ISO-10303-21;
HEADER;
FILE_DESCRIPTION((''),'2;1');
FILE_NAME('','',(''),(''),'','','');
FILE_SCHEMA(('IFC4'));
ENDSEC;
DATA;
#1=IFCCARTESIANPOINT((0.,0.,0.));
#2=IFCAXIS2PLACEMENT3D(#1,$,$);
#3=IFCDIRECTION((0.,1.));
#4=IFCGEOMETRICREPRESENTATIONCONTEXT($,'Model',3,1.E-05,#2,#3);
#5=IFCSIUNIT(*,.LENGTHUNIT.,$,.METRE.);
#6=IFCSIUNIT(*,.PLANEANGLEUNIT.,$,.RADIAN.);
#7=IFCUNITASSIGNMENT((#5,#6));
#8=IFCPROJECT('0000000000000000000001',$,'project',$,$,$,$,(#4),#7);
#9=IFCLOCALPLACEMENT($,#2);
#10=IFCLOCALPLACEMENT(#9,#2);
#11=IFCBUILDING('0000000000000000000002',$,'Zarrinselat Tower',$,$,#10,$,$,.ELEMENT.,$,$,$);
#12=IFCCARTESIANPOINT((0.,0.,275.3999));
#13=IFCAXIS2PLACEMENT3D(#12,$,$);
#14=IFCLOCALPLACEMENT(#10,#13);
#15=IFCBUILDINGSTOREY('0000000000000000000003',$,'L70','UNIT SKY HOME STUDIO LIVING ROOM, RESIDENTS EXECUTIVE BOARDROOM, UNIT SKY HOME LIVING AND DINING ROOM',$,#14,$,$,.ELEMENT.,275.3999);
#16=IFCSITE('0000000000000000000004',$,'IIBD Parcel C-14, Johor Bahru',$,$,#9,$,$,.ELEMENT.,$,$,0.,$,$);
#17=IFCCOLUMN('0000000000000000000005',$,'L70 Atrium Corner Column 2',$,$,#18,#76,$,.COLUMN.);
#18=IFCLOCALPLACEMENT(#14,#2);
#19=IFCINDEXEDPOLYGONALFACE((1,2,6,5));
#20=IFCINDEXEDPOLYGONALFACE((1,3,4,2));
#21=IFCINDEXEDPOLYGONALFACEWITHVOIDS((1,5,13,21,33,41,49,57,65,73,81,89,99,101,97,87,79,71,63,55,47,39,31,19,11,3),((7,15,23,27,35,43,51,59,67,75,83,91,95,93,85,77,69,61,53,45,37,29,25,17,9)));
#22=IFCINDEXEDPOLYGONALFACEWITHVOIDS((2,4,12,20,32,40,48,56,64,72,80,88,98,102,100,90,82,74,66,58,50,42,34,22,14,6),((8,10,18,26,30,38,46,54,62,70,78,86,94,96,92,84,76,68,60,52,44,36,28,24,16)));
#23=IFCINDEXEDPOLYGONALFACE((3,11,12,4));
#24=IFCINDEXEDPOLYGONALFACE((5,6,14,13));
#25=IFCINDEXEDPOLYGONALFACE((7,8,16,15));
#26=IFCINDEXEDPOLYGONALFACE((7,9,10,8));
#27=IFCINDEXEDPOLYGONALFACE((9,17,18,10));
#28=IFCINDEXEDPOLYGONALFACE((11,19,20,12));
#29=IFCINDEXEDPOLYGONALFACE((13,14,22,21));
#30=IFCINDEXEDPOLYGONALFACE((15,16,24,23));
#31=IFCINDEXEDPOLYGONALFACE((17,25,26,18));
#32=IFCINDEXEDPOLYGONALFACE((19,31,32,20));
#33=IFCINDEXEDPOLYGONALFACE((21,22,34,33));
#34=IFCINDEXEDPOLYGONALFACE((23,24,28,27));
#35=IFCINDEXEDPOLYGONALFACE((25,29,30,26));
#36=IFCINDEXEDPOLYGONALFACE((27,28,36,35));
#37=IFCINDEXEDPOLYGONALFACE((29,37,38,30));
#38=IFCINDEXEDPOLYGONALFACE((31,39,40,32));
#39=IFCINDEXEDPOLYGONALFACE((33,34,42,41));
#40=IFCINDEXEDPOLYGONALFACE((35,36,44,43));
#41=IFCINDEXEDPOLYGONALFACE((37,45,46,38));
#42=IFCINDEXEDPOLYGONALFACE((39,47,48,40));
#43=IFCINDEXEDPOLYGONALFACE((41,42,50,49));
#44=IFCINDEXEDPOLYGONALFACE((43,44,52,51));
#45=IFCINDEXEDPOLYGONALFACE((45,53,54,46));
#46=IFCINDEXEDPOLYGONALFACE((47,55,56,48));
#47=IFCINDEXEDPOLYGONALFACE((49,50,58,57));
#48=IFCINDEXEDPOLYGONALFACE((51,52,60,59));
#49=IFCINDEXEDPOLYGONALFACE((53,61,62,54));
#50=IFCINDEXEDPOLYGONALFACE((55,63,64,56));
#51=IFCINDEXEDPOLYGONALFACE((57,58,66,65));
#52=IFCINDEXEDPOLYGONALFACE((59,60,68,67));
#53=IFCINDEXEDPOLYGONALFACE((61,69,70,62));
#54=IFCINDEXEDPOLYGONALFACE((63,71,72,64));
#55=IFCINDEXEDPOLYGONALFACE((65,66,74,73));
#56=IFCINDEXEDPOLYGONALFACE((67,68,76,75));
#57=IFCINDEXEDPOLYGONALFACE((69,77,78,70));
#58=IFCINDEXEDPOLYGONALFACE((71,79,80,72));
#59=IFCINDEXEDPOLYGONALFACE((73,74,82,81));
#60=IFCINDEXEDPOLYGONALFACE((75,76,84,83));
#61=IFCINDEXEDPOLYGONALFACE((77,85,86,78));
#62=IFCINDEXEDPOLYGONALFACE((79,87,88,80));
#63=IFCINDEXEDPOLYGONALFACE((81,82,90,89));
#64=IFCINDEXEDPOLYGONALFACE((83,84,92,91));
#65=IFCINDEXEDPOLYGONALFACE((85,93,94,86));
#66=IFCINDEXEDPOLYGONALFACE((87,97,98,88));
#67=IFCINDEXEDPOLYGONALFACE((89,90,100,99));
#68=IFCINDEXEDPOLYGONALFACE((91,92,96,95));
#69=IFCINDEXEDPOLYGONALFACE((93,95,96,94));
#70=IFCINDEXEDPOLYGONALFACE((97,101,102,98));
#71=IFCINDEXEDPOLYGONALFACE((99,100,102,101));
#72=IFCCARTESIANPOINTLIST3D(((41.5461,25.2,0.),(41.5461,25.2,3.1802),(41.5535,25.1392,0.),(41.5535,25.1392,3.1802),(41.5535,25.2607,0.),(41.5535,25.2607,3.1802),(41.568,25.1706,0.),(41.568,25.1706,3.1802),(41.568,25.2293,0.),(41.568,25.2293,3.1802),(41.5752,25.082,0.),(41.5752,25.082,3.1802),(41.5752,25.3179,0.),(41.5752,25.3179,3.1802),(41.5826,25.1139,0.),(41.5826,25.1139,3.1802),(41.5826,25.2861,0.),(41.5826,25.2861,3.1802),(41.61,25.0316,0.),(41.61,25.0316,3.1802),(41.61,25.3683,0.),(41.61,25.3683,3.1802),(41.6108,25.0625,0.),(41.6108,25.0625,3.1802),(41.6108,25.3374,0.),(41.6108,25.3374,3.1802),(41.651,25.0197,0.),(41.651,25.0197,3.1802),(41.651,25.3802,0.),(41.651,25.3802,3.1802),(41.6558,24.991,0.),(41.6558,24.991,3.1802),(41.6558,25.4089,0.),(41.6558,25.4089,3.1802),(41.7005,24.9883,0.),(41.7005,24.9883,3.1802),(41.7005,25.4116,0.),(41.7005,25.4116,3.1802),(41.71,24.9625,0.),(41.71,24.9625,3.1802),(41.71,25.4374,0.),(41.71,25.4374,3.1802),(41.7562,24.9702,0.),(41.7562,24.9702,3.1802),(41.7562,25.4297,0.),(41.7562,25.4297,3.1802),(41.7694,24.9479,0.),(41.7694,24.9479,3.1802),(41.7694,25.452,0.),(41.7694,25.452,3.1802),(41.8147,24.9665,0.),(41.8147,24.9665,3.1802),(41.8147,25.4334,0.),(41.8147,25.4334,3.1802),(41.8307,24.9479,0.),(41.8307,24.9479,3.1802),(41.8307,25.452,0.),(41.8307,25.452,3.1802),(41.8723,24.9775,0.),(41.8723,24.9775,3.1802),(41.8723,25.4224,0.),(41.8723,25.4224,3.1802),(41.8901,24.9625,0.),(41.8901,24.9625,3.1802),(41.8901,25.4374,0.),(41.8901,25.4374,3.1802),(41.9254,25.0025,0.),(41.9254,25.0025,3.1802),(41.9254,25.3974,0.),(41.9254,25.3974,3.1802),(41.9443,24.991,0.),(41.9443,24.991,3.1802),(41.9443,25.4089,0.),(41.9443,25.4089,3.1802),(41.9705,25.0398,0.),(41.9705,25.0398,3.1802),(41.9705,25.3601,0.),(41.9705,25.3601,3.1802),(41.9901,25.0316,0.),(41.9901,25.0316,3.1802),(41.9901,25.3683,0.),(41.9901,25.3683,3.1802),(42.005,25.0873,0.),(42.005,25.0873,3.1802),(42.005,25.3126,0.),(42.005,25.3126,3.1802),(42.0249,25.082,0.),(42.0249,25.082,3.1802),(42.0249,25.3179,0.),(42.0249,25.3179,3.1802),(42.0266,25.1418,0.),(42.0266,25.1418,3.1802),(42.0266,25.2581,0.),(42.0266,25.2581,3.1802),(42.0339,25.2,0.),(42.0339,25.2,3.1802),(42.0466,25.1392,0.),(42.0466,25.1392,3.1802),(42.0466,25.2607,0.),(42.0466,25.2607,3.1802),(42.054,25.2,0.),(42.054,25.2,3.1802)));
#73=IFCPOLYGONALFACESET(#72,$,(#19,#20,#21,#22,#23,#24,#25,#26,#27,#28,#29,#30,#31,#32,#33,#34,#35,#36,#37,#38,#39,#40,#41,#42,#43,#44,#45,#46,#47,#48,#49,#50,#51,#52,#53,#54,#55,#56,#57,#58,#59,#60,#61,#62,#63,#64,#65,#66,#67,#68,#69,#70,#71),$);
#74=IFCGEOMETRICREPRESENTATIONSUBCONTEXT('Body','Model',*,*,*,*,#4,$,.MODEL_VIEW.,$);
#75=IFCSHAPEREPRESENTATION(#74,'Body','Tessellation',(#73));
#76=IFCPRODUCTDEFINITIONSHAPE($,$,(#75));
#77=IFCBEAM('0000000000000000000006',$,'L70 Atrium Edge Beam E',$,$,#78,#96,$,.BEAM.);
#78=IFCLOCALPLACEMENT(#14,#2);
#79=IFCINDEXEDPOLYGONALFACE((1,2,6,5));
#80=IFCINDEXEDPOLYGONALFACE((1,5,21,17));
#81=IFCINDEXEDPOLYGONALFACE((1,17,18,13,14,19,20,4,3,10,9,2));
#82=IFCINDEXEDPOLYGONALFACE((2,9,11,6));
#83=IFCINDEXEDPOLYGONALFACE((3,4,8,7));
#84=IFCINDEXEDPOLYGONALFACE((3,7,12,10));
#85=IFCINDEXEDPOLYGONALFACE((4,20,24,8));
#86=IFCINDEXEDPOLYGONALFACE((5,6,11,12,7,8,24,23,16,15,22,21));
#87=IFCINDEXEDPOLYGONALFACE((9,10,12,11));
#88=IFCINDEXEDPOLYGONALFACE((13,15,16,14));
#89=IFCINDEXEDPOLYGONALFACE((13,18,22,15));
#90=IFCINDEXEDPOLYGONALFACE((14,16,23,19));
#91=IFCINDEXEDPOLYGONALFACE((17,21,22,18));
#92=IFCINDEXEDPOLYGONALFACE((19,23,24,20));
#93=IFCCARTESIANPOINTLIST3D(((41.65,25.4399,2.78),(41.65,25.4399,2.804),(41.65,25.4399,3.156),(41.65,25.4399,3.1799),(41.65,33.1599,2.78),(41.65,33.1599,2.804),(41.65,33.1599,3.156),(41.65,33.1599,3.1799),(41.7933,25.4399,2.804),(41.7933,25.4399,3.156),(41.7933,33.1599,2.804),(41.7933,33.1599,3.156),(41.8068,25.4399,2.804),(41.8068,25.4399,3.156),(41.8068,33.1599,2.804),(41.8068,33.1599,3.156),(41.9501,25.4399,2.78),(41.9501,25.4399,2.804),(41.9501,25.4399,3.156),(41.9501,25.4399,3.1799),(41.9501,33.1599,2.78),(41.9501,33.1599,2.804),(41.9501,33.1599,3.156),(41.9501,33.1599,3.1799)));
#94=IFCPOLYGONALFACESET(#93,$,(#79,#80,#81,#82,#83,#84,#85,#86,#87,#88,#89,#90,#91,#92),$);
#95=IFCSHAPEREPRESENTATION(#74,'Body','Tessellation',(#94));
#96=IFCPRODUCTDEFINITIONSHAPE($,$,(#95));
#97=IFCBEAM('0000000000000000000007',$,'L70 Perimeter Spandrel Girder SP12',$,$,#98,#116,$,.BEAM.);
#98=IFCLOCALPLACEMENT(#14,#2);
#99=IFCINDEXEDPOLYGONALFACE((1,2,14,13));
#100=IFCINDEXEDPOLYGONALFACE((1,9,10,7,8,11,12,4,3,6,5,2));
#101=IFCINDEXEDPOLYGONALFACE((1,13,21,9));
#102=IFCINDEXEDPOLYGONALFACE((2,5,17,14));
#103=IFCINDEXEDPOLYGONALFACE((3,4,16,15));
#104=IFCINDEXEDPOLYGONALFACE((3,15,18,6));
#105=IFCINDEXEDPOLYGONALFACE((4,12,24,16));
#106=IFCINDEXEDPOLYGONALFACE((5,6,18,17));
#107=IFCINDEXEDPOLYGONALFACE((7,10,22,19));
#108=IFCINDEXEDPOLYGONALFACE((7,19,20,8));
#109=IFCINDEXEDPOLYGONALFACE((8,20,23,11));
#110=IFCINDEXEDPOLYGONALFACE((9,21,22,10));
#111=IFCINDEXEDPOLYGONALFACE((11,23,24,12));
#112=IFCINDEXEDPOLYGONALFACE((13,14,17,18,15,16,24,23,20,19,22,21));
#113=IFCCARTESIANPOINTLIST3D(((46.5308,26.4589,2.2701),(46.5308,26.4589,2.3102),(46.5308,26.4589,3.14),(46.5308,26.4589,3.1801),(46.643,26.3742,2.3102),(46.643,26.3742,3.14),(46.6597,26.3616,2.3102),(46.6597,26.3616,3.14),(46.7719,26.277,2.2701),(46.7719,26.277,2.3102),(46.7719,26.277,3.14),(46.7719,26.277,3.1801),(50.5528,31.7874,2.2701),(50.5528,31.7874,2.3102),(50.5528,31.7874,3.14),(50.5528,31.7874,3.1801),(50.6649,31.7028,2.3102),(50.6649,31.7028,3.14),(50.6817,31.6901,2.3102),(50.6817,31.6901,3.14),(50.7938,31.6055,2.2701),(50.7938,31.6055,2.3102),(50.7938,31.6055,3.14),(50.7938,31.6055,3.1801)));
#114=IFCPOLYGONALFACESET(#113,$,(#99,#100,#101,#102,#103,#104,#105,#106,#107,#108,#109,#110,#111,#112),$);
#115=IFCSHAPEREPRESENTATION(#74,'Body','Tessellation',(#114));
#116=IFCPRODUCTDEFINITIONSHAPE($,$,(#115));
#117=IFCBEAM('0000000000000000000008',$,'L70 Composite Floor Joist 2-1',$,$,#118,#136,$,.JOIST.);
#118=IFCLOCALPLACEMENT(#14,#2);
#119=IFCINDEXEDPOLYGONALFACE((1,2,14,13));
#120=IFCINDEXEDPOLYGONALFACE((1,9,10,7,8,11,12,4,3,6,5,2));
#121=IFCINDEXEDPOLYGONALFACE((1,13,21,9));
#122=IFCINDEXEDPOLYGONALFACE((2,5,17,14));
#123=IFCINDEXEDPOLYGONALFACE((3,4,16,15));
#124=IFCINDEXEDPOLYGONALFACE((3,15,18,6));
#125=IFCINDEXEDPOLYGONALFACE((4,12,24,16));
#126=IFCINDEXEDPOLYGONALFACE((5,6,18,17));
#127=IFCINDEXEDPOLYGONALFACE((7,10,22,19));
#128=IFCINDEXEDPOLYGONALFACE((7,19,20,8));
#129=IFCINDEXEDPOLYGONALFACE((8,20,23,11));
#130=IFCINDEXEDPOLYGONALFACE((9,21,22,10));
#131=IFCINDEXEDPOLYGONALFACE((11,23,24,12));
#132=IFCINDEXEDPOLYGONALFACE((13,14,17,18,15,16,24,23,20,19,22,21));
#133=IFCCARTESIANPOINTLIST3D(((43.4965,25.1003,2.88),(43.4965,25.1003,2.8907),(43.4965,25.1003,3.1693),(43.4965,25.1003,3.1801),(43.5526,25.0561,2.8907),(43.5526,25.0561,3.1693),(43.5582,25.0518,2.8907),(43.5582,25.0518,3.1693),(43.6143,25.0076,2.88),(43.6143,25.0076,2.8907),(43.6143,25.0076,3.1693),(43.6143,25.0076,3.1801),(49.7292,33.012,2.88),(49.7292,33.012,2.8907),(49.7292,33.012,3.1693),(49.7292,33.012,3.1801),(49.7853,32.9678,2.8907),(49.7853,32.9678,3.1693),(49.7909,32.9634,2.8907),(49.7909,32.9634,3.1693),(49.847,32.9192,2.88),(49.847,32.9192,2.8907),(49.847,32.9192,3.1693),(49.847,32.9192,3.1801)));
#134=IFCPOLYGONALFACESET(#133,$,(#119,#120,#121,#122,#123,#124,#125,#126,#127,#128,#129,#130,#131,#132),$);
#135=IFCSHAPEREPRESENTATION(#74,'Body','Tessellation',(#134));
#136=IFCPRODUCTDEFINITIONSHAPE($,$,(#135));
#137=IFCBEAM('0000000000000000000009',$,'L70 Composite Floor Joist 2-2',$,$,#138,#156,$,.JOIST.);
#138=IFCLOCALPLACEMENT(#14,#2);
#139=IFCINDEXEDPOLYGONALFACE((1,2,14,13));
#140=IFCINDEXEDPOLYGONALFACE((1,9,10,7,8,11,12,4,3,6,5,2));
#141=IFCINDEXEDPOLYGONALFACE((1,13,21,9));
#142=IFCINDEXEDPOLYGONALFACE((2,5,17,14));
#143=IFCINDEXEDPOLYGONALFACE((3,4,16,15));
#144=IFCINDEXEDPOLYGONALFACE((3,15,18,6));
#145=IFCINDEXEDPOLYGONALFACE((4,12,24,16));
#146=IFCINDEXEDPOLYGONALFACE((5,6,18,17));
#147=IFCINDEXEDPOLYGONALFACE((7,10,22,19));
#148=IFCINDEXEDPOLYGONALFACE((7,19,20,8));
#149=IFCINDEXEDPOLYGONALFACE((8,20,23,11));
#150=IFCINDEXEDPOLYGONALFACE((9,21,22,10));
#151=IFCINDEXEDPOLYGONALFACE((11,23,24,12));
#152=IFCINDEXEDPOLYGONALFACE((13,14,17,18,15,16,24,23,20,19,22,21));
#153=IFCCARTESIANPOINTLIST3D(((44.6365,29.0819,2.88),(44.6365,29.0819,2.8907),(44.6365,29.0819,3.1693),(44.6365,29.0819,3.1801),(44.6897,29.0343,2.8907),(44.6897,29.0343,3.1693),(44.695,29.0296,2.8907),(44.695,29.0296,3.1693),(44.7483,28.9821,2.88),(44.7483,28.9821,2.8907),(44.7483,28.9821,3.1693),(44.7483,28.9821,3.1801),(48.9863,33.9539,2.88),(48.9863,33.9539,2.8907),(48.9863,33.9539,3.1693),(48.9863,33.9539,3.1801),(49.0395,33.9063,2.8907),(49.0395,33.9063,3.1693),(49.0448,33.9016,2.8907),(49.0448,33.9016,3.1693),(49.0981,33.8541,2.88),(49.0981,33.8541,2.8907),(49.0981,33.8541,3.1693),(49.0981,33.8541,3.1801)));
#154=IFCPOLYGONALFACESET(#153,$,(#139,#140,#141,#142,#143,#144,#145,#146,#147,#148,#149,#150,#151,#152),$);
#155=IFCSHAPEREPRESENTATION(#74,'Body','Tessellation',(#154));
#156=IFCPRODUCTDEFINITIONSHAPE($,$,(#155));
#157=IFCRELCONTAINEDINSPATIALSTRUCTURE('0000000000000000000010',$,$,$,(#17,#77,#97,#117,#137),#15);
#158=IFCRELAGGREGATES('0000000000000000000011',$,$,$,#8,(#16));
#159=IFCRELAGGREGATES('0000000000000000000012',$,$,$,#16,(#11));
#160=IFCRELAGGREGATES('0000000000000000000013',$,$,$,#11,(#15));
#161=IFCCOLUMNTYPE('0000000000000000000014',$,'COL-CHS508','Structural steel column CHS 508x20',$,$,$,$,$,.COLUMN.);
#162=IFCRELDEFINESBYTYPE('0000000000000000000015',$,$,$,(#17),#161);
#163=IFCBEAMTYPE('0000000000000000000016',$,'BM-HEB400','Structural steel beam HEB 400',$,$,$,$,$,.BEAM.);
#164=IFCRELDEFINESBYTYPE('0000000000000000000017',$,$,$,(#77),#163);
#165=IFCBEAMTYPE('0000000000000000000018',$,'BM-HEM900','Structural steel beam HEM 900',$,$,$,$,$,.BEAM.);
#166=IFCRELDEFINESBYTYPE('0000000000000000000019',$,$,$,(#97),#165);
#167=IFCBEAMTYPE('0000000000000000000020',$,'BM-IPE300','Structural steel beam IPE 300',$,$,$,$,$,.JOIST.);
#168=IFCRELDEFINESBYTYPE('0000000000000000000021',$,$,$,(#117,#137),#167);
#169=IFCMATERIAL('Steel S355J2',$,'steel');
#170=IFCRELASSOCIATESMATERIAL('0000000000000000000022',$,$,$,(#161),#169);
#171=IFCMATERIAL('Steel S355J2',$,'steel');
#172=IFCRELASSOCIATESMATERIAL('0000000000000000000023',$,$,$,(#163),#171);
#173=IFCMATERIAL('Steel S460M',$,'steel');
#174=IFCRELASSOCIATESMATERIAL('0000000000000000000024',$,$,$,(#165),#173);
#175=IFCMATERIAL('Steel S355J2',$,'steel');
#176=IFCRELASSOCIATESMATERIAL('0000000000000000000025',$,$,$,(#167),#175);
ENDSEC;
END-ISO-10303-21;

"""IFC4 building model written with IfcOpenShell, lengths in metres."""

from ifc_helpers import new_model, si_unit, direction, frame, origin, origin_2d, place, context, subcontext, project, spatial, hollow_circle, i_section, extrude, material, material_profile, profile_set, type_object, element, save


model = new_model("IFC4")

# Units and contexts
model_context = context("Model", 3, precision=1e-05, world=origin(), true_north=direction((0.0, 1.0)))
body_context = subcontext(model_context, "Body", "Model", "MODEL_VIEW")
ifc_project = project(units=[si_unit("LENGTHUNIT", "METRE"), si_unit("PLANEANGLEUNIT", "RADIAN")], contexts=[model_context])

# Site, building, storey
site_placement = place(None, origin())
site = spatial("IfcSite", under=ifc_project, at=site_placement, Name="IIBD Parcel C-14, Johor Bahru", CompositionType="ELEMENT", RefElevation=0.0)
building_placement = place(site_placement, origin())
building = spatial("IfcBuilding", under=site, at=building_placement, Name="Zarrinselat Tower", CompositionType="ELEMENT")
storey_placement = place(building_placement, frame((0.0, 0.0, 275.3999)))
storey = spatial("IfcBuildingStorey", under=building, at=storey_placement, Name="L70", Description="UNIT SKY HOME STUDIO LIVING ROOM, RESIDENTS EXECUTIVE BOARDROOM, UNIT SKY HOME LIVING AND DINING ROOM", CompositionType="ELEMENT", Elevation=275.3999)

# Column
ifc_material_1 = material(Name="Steel S355J2", Category="steel")
ifc_material_profile_1 = material_profile(ifc_material_1, hollow_circle(Radius=0.2539, WallThickness=0.02, at=origin_2d()), Name="CHS 508x20")
ifc_profile_set_1 = profile_set([ifc_material_profile_1], Name="Steel S355J2")
column_type = type_object("IfcColumnType", Name="COL-CHS508", Description="Structural steel column CHS 508x20", PredefinedType="COLUMN", material=ifc_profile_set_1)
column_placement = place(storey_placement, frame((41.8, 25.2, 0.0), z_axis=(0.0, 0.0, 1.0), x_axis=(1.0, 0.0, 0.0)))
element("IfcColumn", 1, at=column_placement, inside=storey, type_object=column_type, Name="L70 Atrium Corner Column 2", PredefinedType="COLUMN", context=body_context, shape_type="SweptSolid", body=[
    extrude(hollow_circle(Radius=0.2539, WallThickness=0.02, at=origin_2d()), origin(), (0.0, 0.0, 1.0), 3.1802),
])

# Beams
ifc_material_2 = material(Name="Steel S355J2", Category="steel")
ifc_material_profile_2 = material_profile(ifc_material_2, i_section(OverallWidth=0.3, OverallDepth=0.3999, WebThickness=0.0134, FlangeThickness=0.0239, at=origin_2d()), Name="HEB 400")
ifc_profile_set_2 = profile_set([ifc_material_profile_2], Name="Steel S355J2")
beam_type_1 = type_object("IfcBeamType", Name="BM-HEB400", Description="Structural steel beam HEB 400", PredefinedType="BEAM", material=ifc_profile_set_2)
beam_1_placement = place(storey_placement, frame((41.8, 25.4399, 2.98), z_axis=(0.0, 1.0, 0.0), x_axis=(-1.0, 0.0, 0.0)))
element("IfcBeam", 2, at=beam_1_placement, inside=storey, type_object=beam_type_1, Name="L70 Atrium Edge Beam E", PredefinedType="BEAM", context=body_context, shape_type="SweptSolid", body=[
    extrude(i_section(OverallWidth=0.3, OverallDepth=0.3999, WebThickness=0.0134, FlangeThickness=0.0239, at=origin_2d()), origin(), (0.0, 0.0, 1.0), 7.72),
])
ifc_material_3 = material(Name="Steel S460M", Category="steel")
ifc_material_profile_3 = material_profile(ifc_material_3, i_section(OverallWidth=0.302, OverallDepth=0.9099, WebThickness=0.021, FlangeThickness=0.04, at=origin_2d()), Name="HEM 900")
ifc_profile_set_3 = profile_set([ifc_material_profile_3], Name="Steel S460M")
beam_type_2 = type_object("IfcBeamType", Name="BM-HEM900", Description="Structural steel beam HEM 900", PredefinedType="BEAM", material=ifc_profile_set_3)
beam_2_placement = place(storey_placement, frame((46.6514, 26.3679, 2.7251), z_axis=(0.602443, 0.798162, 0.0), x_axis=(-0.798162, 0.602443, 0.0)))
element("IfcBeam", 3, at=beam_2_placement, inside=storey, type_object=beam_type_2, Name="L70 Perimeter Spandrel Girder SP12", PredefinedType="BEAM", context=body_context, shape_type="SweptSolid", body=[
    extrude(i_section(OverallWidth=0.302, OverallDepth=0.9099, WebThickness=0.021, FlangeThickness=0.04, at=origin_2d()), origin(), (0.0, 0.0, 1.0), 6.676),
])
ifc_material_4 = material(Name="Steel S355J2", Category="steel")
ifc_material_profile_4 = material_profile(ifc_material_4, i_section(OverallWidth=0.1499, OverallDepth=0.3, WebThickness=0.0071, FlangeThickness=0.0107, at=origin_2d()), Name="IPE 300")
ifc_profile_set_4 = profile_set([ifc_material_profile_4], Name="Steel S355J2")
beam_type_3 = type_object("IfcBeamType", Name="BM-IPE300", Description="Structural steel beam IPE 300", PredefinedType="JOIST", material=ifc_profile_set_4)
beam_3_placement = place(storey_placement, frame((43.5554, 25.054, 3.03), z_axis=(0.618827, 0.785527, 0.0), x_axis=(-0.785527, 0.618827, 0.0)))
element("IfcBeam", 4, at=beam_3_placement, inside=storey, type_object=beam_type_3, Name="L70 Composite Floor Joist 2-1", PredefinedType="JOIST", context=body_context, shape_type="SweptSolid", body=[
    extrude(i_section(OverallWidth=0.1499, OverallDepth=0.3, WebThickness=0.0071, FlangeThickness=0.0107, at=origin_2d()), origin(), (0.0, 0.0, 1.0), 10.0718),
])
beam_4_placement = place(storey_placement, frame((44.6924, 29.032, 3.03), z_axis=(0.665998, 0.745954, 0.0), x_axis=(-0.745954, 0.665998, 0.0)))
element("IfcBeam", 5, at=beam_4_placement, inside=storey, type_object=beam_type_3, Name="L70 Composite Floor Joist 2-2", PredefinedType="JOIST", context=body_context, shape_type="SweptSolid", body=[
    extrude(i_section(OverallWidth=0.1499, OverallDepth=0.3, WebThickness=0.0071, FlangeThickness=0.0107, at=origin_2d()), origin(), (0.0, 0.0, 1.0), 6.5312),
])

save(model, "model.ifc")
